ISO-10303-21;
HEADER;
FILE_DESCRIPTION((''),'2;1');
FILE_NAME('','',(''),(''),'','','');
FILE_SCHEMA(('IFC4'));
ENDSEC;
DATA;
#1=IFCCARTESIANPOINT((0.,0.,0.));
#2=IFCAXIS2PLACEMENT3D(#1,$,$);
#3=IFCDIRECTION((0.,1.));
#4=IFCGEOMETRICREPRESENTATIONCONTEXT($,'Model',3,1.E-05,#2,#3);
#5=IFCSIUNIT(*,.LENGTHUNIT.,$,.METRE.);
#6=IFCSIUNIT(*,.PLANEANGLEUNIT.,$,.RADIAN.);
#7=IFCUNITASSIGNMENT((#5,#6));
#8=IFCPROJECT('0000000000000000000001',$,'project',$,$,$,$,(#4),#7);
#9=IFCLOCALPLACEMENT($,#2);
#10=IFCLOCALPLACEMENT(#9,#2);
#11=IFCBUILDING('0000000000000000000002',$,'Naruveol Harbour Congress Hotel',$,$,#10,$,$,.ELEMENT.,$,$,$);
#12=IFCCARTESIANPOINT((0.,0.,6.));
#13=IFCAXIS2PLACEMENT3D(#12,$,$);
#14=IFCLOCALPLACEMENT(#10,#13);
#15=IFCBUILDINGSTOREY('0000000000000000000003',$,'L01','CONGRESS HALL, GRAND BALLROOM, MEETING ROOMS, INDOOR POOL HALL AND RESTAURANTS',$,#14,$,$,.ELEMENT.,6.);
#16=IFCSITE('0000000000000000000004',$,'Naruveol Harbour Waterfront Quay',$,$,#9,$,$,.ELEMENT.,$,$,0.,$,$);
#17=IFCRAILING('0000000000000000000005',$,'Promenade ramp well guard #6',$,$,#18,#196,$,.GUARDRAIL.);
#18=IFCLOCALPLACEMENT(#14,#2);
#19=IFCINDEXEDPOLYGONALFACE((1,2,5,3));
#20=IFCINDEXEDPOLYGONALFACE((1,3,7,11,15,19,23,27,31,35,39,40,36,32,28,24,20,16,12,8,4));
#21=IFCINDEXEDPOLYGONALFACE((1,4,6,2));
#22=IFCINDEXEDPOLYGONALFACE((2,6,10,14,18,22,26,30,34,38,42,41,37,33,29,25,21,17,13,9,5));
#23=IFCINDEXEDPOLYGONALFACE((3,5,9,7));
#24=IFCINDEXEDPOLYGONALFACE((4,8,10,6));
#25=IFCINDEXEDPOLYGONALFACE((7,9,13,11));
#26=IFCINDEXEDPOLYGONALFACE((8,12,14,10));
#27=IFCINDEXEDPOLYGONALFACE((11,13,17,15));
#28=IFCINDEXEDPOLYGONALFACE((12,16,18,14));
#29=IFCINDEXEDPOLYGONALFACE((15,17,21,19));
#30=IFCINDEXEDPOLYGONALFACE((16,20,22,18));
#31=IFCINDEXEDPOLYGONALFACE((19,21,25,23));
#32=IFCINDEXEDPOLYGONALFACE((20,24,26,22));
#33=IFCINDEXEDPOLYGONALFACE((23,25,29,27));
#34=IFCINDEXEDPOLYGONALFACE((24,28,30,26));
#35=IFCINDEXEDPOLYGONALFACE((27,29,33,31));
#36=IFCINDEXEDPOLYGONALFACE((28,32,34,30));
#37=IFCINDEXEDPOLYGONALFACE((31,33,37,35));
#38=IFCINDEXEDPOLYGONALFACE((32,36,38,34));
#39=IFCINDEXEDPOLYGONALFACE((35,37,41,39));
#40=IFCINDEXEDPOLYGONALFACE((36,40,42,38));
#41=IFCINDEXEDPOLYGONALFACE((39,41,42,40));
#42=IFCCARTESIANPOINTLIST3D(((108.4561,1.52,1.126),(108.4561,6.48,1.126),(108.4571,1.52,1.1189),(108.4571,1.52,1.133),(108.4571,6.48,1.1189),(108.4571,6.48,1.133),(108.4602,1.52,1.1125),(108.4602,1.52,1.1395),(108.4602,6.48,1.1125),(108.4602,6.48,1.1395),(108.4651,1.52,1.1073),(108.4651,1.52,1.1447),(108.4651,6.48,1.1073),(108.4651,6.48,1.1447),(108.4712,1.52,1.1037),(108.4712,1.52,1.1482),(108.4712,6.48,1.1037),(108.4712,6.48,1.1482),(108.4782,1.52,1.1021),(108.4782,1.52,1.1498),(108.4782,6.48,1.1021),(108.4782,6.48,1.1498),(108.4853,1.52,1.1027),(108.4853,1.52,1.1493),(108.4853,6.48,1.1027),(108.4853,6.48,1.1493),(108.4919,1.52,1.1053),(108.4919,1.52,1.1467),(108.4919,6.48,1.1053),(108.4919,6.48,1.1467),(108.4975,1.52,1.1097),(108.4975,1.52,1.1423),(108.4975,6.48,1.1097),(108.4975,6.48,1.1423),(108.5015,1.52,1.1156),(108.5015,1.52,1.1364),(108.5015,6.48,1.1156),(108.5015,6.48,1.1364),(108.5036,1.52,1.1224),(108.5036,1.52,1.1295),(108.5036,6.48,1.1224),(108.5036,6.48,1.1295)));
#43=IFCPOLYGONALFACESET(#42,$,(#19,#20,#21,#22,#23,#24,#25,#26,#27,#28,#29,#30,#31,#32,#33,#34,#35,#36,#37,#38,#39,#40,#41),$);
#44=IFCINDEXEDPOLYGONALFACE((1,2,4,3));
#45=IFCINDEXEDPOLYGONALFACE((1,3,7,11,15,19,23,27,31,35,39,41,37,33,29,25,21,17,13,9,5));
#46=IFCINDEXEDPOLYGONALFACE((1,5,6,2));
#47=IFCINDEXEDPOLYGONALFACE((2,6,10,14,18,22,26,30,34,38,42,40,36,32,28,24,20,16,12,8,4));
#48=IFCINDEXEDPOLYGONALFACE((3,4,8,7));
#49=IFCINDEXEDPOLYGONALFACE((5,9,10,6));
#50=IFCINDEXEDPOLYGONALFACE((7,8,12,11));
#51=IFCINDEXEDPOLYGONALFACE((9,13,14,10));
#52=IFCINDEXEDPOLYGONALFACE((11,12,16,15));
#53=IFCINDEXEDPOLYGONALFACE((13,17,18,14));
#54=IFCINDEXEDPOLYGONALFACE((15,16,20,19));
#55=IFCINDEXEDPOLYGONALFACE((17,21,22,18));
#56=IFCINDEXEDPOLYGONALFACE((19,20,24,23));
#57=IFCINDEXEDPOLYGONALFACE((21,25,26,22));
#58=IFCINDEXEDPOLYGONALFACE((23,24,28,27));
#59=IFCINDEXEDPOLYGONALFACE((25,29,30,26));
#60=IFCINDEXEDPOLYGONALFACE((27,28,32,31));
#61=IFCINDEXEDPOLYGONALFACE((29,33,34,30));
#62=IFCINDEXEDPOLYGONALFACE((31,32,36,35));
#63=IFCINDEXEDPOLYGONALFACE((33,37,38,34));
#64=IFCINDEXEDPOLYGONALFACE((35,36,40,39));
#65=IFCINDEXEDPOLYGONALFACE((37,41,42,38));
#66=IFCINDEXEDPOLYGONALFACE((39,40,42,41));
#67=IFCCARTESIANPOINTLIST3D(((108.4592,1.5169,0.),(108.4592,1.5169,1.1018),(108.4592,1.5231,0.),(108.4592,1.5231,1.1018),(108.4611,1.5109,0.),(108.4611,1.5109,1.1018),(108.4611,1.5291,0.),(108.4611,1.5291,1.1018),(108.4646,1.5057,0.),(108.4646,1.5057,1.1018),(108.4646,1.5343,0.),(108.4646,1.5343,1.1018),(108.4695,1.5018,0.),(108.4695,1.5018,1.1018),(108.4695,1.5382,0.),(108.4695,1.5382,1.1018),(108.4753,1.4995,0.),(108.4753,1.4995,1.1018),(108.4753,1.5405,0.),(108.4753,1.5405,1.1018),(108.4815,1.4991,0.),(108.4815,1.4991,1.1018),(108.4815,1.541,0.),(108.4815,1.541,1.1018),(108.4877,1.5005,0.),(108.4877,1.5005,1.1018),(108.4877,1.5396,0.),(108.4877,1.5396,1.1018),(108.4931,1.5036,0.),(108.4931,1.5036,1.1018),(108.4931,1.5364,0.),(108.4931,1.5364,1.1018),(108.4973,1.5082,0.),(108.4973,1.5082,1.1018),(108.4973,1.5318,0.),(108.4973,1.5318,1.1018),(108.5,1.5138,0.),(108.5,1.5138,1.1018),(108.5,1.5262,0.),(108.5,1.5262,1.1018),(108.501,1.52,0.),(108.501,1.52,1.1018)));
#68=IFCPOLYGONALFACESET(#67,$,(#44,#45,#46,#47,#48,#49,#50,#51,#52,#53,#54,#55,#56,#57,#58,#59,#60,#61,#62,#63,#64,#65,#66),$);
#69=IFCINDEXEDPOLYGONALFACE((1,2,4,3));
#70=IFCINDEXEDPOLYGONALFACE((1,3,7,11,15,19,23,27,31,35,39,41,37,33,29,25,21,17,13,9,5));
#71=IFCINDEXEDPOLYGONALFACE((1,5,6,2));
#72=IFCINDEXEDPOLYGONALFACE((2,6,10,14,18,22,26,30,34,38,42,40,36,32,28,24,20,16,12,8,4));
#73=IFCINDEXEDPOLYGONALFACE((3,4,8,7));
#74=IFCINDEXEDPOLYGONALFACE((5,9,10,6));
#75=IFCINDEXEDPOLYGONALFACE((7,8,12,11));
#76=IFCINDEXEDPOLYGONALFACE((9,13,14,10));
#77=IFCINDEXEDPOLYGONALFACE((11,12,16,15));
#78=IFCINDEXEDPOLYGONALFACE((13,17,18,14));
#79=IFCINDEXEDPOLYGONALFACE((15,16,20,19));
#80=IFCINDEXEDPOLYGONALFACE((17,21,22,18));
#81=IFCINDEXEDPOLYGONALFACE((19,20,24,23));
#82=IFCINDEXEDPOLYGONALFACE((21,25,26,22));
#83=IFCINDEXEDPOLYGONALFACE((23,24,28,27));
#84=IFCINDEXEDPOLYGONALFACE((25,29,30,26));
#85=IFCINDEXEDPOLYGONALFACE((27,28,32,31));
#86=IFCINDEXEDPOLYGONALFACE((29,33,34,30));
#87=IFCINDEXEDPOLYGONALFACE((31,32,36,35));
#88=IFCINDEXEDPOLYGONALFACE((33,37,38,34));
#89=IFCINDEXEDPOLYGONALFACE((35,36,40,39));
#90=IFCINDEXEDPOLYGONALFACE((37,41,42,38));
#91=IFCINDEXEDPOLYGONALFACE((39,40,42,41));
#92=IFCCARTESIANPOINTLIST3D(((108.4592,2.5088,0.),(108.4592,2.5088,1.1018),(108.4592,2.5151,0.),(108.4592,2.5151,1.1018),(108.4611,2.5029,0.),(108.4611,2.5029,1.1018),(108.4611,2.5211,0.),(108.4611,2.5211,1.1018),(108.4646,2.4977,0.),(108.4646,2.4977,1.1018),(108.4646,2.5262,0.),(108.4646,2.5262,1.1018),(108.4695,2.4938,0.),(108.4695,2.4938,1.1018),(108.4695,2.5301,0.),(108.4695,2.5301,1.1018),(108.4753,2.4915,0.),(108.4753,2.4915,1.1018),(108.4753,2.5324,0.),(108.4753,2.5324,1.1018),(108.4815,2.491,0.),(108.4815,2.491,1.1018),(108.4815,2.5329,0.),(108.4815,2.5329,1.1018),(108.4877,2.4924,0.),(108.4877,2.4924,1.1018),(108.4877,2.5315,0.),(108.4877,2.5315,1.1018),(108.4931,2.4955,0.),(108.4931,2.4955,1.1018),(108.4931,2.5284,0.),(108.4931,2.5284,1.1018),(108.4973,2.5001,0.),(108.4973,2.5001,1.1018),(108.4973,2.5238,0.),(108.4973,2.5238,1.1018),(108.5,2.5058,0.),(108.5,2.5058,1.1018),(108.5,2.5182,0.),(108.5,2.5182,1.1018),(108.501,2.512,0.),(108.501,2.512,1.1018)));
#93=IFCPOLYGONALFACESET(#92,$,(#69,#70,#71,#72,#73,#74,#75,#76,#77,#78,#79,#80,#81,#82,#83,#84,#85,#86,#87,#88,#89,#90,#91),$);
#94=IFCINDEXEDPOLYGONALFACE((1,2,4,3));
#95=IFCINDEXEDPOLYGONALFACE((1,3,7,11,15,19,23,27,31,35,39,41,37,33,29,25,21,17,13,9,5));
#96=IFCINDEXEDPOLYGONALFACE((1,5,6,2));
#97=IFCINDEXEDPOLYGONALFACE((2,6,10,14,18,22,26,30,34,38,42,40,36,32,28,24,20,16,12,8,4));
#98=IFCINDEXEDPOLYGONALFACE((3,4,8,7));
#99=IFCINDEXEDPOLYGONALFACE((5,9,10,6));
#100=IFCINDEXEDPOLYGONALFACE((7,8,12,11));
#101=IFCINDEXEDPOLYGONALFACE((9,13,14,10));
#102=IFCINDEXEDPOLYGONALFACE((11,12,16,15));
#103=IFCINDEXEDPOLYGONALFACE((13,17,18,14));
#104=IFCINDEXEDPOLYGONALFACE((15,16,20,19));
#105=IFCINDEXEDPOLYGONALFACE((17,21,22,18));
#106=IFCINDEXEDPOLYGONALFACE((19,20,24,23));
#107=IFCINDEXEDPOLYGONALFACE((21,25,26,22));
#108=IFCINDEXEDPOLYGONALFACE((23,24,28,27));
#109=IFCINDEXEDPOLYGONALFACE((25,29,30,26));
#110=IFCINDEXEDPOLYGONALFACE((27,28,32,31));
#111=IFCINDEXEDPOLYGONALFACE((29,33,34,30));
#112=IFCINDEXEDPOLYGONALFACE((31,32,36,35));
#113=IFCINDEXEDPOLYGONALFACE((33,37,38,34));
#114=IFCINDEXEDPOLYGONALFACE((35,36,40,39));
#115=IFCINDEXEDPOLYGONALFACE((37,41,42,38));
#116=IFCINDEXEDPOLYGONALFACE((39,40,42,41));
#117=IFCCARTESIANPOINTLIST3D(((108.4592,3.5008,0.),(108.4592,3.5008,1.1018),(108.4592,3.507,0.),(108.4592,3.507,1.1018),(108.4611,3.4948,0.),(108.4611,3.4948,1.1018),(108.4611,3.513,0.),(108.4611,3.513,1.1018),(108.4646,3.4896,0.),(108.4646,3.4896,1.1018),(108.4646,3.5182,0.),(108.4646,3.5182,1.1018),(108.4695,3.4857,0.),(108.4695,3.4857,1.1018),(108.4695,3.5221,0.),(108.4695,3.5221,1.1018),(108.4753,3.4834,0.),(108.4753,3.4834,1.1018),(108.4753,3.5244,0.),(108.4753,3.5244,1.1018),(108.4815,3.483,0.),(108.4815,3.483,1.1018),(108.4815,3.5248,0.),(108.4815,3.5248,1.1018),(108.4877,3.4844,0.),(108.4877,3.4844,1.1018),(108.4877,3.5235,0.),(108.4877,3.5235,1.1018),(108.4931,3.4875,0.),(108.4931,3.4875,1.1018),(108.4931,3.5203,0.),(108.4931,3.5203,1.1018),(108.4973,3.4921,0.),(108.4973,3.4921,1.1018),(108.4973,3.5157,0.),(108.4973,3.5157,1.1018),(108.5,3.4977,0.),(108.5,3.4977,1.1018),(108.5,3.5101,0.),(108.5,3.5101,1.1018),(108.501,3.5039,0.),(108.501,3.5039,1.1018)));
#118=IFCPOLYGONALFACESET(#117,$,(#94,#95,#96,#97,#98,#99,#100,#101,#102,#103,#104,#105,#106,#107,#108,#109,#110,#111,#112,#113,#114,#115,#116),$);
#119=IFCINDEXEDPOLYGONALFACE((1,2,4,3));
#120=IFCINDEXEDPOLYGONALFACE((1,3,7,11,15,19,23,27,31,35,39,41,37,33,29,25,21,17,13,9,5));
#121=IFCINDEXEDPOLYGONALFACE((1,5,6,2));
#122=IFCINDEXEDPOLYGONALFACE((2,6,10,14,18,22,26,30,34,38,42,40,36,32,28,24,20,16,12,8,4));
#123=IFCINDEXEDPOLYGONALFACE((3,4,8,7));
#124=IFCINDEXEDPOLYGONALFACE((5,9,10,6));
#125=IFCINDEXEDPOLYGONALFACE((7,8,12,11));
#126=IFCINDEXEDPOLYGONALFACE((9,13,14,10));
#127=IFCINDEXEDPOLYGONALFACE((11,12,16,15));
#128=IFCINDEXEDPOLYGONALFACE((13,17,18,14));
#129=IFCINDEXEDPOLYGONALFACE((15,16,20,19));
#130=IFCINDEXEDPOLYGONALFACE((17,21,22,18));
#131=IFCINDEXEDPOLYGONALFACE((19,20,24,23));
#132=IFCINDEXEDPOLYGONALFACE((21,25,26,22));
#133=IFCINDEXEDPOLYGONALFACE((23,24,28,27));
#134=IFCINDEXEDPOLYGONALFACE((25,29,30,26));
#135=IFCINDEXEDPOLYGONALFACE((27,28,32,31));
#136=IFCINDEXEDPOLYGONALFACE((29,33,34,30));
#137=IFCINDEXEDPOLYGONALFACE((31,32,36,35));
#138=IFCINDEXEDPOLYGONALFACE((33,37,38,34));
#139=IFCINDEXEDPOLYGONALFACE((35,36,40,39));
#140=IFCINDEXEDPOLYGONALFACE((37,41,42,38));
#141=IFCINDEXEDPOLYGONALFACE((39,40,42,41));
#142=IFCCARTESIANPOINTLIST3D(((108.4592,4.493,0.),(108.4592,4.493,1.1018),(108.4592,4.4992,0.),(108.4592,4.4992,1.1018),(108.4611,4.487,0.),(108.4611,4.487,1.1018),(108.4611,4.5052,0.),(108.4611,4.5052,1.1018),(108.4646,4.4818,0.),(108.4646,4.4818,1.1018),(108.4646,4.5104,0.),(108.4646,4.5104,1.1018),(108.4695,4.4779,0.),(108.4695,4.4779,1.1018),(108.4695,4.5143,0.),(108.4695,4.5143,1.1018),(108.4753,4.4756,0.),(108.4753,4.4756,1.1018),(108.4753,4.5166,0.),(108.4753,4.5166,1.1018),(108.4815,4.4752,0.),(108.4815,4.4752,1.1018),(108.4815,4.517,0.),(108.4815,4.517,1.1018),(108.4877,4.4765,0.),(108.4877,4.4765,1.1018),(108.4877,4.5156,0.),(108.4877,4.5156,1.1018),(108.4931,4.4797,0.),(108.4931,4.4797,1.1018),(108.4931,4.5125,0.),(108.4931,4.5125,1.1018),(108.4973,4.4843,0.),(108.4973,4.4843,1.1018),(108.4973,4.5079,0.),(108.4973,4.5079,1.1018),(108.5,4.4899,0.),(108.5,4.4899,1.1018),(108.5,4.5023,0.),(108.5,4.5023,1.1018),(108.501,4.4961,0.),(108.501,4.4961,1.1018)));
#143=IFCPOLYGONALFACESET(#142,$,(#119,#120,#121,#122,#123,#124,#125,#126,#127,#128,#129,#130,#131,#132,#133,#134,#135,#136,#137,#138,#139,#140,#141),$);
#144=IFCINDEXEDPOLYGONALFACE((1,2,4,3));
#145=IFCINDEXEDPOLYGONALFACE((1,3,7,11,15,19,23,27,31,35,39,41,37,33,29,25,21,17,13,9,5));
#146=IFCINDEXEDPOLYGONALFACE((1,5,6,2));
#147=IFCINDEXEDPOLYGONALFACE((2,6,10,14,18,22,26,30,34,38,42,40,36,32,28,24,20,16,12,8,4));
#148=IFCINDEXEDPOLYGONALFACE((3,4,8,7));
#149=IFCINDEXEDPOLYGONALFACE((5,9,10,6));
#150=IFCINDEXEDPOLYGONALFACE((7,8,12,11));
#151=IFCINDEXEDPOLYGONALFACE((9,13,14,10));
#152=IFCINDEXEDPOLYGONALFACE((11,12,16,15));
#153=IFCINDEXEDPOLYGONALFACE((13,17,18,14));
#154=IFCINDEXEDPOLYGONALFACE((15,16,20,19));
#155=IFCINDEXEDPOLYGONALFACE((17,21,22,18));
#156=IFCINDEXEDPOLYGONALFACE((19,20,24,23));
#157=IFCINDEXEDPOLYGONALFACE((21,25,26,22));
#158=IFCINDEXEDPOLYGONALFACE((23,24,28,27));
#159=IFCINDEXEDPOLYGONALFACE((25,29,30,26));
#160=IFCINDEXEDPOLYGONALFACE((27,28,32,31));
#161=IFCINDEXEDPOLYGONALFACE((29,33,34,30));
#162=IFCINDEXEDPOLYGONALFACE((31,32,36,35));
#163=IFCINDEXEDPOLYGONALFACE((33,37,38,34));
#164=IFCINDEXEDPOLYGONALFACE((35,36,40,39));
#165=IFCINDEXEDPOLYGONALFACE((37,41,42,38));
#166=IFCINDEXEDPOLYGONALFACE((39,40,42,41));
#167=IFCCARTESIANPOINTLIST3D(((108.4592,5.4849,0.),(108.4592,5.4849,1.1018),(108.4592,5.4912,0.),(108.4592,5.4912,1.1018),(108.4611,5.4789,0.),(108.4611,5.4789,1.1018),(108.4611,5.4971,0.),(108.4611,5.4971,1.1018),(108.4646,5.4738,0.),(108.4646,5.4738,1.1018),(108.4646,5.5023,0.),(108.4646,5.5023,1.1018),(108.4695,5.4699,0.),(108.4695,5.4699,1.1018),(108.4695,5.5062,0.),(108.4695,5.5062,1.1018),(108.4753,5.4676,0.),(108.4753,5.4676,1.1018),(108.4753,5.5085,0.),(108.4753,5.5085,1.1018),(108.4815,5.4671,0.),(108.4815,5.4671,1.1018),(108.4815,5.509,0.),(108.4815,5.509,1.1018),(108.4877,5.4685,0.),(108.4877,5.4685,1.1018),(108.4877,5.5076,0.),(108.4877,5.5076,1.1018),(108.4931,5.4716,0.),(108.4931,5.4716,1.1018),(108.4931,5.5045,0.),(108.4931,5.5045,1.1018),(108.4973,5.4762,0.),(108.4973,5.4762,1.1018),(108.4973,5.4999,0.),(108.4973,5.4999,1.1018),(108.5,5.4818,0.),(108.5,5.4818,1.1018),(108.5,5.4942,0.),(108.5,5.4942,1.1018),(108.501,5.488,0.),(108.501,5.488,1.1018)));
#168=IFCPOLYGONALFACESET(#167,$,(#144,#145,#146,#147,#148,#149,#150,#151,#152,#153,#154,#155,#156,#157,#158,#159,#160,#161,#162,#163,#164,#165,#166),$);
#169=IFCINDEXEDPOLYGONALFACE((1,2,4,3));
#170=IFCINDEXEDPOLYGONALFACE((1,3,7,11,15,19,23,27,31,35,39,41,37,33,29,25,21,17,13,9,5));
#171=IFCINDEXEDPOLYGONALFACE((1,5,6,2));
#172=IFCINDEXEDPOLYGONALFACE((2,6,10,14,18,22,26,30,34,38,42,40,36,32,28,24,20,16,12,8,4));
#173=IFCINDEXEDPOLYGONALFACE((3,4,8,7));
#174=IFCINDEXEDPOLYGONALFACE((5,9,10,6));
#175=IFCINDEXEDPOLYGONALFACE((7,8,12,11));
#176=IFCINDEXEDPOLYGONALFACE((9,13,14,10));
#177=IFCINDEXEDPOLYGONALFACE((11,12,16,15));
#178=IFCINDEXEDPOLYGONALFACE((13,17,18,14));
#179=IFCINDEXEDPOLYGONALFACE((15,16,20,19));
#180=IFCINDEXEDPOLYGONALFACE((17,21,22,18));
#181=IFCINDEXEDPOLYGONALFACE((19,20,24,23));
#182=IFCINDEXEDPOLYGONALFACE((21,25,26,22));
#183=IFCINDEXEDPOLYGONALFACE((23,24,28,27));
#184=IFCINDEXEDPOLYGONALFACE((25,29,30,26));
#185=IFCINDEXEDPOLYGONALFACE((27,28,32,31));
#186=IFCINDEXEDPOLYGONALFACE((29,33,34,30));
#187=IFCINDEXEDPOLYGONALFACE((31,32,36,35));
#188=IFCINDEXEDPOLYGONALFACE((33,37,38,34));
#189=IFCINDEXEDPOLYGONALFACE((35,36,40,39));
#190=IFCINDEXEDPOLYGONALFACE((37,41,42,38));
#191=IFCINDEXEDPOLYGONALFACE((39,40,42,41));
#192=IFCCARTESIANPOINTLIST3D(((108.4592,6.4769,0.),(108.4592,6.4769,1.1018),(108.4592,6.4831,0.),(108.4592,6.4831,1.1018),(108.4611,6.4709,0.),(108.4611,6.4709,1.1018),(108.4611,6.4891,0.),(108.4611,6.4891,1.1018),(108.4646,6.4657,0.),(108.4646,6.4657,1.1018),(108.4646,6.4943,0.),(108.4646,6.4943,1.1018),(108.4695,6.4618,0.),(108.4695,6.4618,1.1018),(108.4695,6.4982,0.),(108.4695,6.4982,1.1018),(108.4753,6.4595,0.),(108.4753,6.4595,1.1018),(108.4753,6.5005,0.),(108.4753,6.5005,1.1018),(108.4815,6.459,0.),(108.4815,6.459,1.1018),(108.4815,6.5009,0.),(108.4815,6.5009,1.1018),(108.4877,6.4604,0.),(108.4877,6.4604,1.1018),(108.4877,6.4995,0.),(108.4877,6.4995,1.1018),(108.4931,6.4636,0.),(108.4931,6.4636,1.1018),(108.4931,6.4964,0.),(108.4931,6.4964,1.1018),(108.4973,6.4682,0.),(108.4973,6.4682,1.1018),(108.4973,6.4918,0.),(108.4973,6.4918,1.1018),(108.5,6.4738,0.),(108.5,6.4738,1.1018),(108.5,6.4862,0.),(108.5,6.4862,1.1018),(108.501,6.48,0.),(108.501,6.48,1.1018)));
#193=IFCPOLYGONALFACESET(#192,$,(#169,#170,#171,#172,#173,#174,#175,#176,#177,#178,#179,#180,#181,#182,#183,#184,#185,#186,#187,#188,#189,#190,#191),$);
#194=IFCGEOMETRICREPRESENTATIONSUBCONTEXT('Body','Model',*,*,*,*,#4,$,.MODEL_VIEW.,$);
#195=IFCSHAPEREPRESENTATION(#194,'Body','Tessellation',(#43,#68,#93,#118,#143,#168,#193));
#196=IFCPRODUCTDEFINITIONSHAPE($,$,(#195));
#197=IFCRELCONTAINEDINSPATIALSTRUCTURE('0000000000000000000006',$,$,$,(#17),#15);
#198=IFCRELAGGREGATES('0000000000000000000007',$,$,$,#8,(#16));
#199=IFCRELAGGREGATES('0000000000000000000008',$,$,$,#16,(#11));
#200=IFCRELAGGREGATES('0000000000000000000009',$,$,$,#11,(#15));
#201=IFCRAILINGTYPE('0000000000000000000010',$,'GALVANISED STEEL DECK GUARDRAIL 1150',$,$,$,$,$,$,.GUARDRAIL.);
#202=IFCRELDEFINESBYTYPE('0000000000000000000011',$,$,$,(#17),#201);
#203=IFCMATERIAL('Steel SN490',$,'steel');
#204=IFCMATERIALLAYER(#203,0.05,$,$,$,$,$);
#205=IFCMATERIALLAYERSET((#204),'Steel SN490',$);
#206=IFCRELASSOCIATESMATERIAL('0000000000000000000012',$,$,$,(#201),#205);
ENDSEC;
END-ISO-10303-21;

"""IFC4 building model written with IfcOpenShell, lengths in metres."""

from ifc_helpers import new_model, si_unit, direction, frame, origin, origin_2d, place, context, subcontext, project, spatial, circle, extrude, material, layer, layer_set, type_object, element, save


model = new_model("IFC4")

# Units and contexts
model_context = context("Model", 3, precision=1e-05, world=origin(), true_north=direction((0.0, 1.0)))
body_context = subcontext(model_context, "Body", "Model", "MODEL_VIEW")
ifc_project = project(units=[si_unit("LENGTHUNIT", "METRE"), si_unit("PLANEANGLEUNIT", "RADIAN")], contexts=[model_context])

# Site, building, storey
site_placement = place(None, origin())
site = spatial("IfcSite", under=ifc_project, at=site_placement, Name="Naruveol Harbour Waterfront Quay", CompositionType="ELEMENT", RefElevation=0.0)
building_placement = place(site_placement, origin())
building = spatial("IfcBuilding", under=site, at=building_placement, Name="Naruveol Harbour Congress Hotel", CompositionType="ELEMENT")
storey_placement = place(building_placement, frame((0.0, 0.0, 6.0)))
storey = spatial("IfcBuildingStorey", under=building, at=storey_placement, Name="L01", Description="CONGRESS HALL, GRAND BALLROOM, MEETING ROOMS, INDOOR POOL HALL AND RESTAURANTS", CompositionType="ELEMENT", Elevation=6.0)

# Railing
ifc_material_1 = material(Name="Steel SN490", Category="steel")
ifc_layer_1 = layer(ifc_material_1, 0.05)
ifc_layer_set_1 = layer_set([ifc_layer_1], Name="Steel SN490")
railing_type_1 = type_object("IfcRailingType", Name="GALVANISED STEEL DECK GUARDRAIL 1150", PredefinedType="GUARDRAIL", material=ifc_layer_set_1)
railing_1_placement = place(storey_placement, frame((108.48, 1.52, 0.0)))
element("IfcRailing", 1, at=railing_1_placement, inside=storey, type_object=railing_type_1, Name="Promenade ramp well guard #6", PredefinedType="GUARDRAIL", context=body_context, shape_type="SweptSolid", body=[
    extrude(circle(Radius=0.0239, at=origin_2d()), frame((0.0, 0.0, 1.126), z_axis=(0.0, 1.0, 0.0), x_axis=(-1.0, 0.0, 0.0)), (0.0, 0.0, 1.0), 4.96),
    extrude(circle(Radius=0.021, at=origin_2d()), origin(), (0.0, 0.0, 1.0), 1.1018),
    extrude(circle(Radius=0.021, at=origin_2d()), frame((0.0, 0.9919, 0.0)), (0.0, 0.0, 1.0), 1.1018),
    extrude(circle(Radius=0.021, at=origin_2d()), frame((0.0, 1.9839, 0.0)), (0.0, 0.0, 1.0), 1.1018),
    extrude(circle(Radius=0.021, at=origin_2d()), frame((0.0, 2.9761, 0.0)), (0.0, 0.0, 1.0), 1.1018),
    extrude(circle(Radius=0.021, at=origin_2d()), frame((0.0, 3.968, 0.0)), (0.0, 0.0, 1.0), 1.1018),
    extrude(circle(Radius=0.021, at=origin_2d()), frame((0.0, 4.96, 0.0)), (0.0, 0.0, 1.0), 1.1018),
])

save(model, "model.ifc")
